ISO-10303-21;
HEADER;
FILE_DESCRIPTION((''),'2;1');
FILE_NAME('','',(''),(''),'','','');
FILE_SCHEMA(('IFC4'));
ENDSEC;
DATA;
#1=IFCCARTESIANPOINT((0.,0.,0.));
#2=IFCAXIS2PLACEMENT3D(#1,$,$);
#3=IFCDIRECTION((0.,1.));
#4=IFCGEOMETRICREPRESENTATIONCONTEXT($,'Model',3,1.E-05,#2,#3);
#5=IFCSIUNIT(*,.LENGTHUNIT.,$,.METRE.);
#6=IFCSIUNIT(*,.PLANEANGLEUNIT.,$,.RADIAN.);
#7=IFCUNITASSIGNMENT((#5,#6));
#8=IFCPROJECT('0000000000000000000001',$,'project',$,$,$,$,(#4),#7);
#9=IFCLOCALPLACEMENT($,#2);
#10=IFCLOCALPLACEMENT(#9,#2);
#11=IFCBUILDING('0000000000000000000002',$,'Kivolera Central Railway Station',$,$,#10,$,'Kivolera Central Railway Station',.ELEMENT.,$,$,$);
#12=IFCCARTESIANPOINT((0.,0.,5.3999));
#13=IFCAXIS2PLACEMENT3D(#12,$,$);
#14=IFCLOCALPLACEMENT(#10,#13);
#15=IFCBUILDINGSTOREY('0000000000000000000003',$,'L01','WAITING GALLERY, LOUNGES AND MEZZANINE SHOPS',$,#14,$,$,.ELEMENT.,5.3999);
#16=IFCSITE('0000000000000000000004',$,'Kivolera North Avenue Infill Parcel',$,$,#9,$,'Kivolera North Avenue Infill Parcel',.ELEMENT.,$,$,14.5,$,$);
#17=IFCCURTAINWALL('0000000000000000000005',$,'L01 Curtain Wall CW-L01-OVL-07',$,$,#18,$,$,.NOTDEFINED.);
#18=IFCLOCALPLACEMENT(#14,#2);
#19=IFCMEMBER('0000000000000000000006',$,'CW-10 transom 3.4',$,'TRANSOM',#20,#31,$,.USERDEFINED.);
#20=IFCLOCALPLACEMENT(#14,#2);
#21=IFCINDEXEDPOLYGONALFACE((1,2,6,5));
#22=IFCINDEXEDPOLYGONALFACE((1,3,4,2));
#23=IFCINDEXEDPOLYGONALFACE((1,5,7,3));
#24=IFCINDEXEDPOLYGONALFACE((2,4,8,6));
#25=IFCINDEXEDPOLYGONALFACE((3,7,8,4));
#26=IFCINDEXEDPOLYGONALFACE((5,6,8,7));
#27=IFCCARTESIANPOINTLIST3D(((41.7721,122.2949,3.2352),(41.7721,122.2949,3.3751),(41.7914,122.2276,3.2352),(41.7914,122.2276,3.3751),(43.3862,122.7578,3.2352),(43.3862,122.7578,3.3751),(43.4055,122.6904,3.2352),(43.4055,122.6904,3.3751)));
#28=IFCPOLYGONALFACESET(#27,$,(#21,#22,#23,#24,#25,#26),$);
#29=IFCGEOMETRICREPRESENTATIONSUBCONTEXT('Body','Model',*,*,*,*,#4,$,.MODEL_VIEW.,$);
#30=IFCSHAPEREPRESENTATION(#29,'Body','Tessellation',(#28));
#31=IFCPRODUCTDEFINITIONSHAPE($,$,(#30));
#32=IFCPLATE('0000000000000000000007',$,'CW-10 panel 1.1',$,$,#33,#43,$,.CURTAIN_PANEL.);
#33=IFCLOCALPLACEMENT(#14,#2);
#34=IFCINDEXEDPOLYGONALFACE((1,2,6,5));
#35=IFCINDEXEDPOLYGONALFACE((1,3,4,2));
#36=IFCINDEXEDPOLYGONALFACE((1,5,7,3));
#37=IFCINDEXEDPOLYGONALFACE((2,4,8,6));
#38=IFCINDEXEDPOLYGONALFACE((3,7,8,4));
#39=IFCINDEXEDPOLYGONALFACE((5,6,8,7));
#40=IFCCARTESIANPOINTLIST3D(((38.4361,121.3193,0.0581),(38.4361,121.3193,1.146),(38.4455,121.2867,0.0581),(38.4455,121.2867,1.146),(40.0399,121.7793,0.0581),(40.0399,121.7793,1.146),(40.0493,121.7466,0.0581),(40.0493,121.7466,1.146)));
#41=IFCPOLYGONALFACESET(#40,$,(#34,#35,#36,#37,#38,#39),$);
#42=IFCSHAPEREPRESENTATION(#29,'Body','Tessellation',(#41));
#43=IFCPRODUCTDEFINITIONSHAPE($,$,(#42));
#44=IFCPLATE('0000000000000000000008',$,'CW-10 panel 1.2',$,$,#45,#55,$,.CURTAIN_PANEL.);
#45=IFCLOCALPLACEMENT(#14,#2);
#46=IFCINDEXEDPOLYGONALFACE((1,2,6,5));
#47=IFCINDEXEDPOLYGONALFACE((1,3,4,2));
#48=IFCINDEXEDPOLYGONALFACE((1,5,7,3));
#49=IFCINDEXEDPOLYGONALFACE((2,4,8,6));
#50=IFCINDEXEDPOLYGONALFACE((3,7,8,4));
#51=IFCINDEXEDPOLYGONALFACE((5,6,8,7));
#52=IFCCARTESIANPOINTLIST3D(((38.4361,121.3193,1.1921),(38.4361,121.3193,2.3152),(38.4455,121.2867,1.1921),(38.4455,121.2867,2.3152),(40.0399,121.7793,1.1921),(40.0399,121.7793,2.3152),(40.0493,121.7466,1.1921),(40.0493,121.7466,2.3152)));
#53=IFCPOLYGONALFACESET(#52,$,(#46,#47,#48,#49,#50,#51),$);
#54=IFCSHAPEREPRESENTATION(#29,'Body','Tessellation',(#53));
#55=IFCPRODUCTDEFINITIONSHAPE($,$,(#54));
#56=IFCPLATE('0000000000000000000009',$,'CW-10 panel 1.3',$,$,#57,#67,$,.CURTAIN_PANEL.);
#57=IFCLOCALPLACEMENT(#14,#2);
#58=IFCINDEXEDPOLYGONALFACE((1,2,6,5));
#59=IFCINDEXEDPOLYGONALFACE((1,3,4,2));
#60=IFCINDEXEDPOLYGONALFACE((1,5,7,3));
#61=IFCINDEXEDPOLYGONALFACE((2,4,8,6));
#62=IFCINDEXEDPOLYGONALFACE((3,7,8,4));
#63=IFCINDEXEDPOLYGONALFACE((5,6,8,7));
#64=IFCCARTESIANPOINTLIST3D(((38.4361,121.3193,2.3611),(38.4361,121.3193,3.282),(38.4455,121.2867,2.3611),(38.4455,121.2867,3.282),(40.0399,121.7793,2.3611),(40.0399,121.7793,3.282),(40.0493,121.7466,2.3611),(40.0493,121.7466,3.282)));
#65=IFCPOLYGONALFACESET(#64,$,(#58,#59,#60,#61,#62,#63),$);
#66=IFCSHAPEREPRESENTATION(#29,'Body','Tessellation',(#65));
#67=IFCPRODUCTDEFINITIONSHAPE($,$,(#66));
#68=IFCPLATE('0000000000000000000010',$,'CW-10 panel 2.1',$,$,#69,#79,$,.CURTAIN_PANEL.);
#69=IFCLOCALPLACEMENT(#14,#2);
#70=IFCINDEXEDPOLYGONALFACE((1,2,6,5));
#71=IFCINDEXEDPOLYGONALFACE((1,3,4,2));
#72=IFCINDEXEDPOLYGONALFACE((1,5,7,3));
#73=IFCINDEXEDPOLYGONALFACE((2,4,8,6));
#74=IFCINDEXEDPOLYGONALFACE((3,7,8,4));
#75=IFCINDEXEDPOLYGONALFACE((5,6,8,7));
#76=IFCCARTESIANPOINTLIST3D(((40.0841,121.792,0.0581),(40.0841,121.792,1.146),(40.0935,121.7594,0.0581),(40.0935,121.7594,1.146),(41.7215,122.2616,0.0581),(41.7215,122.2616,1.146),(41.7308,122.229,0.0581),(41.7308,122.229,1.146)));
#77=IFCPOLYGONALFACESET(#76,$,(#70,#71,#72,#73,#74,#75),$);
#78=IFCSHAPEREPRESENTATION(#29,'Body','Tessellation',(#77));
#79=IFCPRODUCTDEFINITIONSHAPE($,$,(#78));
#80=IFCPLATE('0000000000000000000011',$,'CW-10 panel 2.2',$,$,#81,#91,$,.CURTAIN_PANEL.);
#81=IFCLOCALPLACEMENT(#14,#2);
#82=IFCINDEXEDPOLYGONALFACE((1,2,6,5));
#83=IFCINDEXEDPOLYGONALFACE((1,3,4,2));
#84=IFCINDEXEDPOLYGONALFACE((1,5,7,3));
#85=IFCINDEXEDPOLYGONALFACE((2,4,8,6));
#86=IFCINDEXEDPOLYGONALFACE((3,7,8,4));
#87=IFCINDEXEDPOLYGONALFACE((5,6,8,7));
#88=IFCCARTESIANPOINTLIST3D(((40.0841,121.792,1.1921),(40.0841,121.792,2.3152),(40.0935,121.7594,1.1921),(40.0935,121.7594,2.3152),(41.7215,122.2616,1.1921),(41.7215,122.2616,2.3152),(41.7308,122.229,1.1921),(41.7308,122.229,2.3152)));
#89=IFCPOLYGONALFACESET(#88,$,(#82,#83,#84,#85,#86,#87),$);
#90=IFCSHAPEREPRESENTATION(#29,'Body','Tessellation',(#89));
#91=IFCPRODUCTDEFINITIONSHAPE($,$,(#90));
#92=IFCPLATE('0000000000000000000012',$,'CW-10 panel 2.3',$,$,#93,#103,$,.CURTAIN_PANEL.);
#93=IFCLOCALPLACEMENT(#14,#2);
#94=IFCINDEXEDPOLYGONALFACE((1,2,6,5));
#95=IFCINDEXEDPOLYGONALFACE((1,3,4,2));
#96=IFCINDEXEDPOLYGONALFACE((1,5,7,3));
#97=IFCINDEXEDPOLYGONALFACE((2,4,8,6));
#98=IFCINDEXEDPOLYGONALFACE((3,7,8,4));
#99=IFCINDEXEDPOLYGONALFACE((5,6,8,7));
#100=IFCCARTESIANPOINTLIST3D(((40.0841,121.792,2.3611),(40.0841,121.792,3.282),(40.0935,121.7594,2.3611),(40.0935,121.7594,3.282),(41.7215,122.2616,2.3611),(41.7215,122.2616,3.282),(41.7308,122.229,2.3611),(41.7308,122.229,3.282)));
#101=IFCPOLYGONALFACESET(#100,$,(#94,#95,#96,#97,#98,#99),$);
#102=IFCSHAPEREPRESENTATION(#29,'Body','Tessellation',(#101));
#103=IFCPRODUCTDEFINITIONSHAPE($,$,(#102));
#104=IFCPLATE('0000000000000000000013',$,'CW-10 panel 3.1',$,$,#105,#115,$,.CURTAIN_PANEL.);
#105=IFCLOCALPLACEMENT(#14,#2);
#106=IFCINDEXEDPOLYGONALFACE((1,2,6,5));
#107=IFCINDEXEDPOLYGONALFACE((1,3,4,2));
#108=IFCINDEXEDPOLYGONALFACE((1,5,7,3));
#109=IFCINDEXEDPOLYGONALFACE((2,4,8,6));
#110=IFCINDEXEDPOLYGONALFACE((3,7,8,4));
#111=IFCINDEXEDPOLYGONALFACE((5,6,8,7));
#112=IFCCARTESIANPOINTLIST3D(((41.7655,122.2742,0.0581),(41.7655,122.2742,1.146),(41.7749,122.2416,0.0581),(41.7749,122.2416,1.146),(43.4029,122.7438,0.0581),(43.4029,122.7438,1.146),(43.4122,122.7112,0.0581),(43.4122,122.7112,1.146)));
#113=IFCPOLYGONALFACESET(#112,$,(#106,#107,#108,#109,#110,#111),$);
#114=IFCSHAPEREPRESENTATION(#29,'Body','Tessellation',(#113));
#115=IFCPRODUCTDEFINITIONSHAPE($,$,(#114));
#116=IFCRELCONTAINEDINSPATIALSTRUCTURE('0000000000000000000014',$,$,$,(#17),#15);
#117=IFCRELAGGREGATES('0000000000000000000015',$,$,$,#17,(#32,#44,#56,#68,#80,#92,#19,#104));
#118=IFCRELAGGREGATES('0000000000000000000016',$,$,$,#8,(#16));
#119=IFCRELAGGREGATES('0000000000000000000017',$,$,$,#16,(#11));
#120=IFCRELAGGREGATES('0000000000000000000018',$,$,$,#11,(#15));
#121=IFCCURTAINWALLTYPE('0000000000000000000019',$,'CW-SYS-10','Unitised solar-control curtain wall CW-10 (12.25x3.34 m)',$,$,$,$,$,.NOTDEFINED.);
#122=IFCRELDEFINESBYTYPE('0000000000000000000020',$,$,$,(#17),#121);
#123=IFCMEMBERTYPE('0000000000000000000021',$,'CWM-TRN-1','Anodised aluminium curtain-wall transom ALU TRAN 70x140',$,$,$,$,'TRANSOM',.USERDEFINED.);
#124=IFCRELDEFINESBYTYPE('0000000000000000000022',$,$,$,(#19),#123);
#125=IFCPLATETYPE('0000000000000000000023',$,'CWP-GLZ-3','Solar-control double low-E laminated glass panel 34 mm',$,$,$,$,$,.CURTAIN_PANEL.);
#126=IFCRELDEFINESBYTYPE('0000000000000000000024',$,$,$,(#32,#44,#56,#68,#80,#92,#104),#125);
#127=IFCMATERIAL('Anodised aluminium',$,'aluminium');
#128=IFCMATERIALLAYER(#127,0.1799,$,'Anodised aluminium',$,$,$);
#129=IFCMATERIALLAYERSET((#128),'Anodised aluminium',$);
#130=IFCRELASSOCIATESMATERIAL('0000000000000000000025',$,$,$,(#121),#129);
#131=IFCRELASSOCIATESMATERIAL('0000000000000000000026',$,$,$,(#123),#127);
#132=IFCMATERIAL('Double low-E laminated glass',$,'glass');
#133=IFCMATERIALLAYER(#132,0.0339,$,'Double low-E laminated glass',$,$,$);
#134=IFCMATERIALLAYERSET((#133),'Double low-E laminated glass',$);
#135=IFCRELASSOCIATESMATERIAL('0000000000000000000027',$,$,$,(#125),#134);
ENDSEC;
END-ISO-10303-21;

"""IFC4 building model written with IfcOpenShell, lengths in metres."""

from ifc_helpers import new_model, si_unit, direction, frame, origin, origin_2d, place, context, subcontext, project, spatial, rectangle, extrude, material, layer, layer_set, material_profile, profile_set, type_object, element, aggregate, save


model = new_model("IFC4")

# Units and contexts
model_context = context("Model", 3, precision=1e-05, world=origin(), true_north=direction((0.0, 1.0)))
body_context = subcontext(model_context, "Body", "Model", "MODEL_VIEW")
ifc_project = project(units=[si_unit("LENGTHUNIT", "METRE"), si_unit("PLANEANGLEUNIT", "RADIAN")], contexts=[model_context])

# Site, building, storey
site_placement = place(None, origin())
site = spatial("IfcSite", under=ifc_project, at=site_placement, Name="Kivolera North Avenue Infill Parcel", LongName="Kivolera North Avenue Infill Parcel", CompositionType="ELEMENT", RefElevation=14.5)
building_placement = place(site_placement, origin())
building = spatial("IfcBuilding", under=site, at=building_placement, Name="Kivolera Central Railway Station", LongName="Kivolera Central Railway Station", CompositionType="ELEMENT")
storey_placement = place(building_placement, frame((0.0, 0.0, 5.3999)))
storey = spatial("IfcBuildingStorey", under=building, at=storey_placement, Name="L01", Description="WAITING GALLERY, LOUNGES AND MEZZANINE SHOPS", CompositionType="ELEMENT", Elevation=5.3999)

# Curtain wall, member, plates
ifc_material_1 = material(Name="Anodised aluminium", Category="aluminium")
ifc_layer_1 = layer(ifc_material_1, 0.1799, Name="Anodised aluminium")
ifc_layer_set_1 = layer_set([ifc_layer_1], Name="Anodised aluminium")
curtain_wall_type = type_object("IfcCurtainWallType", Name="CW-SYS-10", Description="Unitised solar-control curtain wall CW-10 (12.25x3.34 m)", PredefinedType="NOTDEFINED", material=ifc_layer_set_1)
curtain_wall_placement = place(storey_placement, origin())
curtain_wall = element("IfcCurtainWall", 1, at=curtain_wall_placement, inside=storey, type_object=curtain_wall_type, Name="L01 Curtain Wall CW-L01-OVL-07", PredefinedType="NOTDEFINED")
ifc_material_profile_1 = material_profile(ifc_material_1, rectangle(XDim=0.0701, YDim=0.1399, at=origin_2d()), Name="ALU TRAN 70x140")
ifc_profile_set_1 = profile_set([ifc_material_profile_1], Name="Anodised aluminium")
member_type_1 = type_object("IfcMemberType", Name="CWM-TRN-1", Description="Anodised aluminium curtain-wall transom ALU TRAN 70x140", ElementType="TRANSOM", PredefinedType="USERDEFINED", material=ifc_profile_set_1)
member_1_placement = place(storey_placement, frame((41.7817, 122.2612, 3.3052), z_axis=(0.96126, 0.275643, 0.0), x_axis=(-0.275643, 0.96126, 0.0)))
member_1 = element("IfcMember", 2, at=member_1_placement, type_object=member_type_1, Name="CW-10 transom 3.4", ObjectType="TRANSOM", PredefinedType="USERDEFINED", context=body_context, shape_type="SweptSolid", body=[
    extrude(rectangle(XDim=0.0701, YDim=0.1399, at=origin_2d()), origin(), (0.0, 0.0, 1.0), 1.6792),
])
ifc_material_2 = material(Name="Double low-E laminated glass", Category="glass")
ifc_layer_2 = layer(ifc_material_2, 0.0339, Name="Double low-E laminated glass")
ifc_layer_set_2 = layer_set([ifc_layer_2], Name="Double low-E laminated glass")
plate_type = type_object("IfcPlateType", Name="CWP-GLZ-3", Description="Solar-control double low-E laminated glass panel 34 mm", PredefinedType="CURTAIN_PANEL", material=ifc_layer_set_2)
plate_1_placement = place(storey_placement, frame((39.2427, 121.533, 0.0581), z_axis=(0.0, 0.0, 1.0), x_axis=(0.961246, 0.275692, 0.0)))
plate_1 = element("IfcPlate", 3, at=plate_1_placement, type_object=plate_type, Name="CW-10 panel 1.1", PredefinedType="CURTAIN_PANEL", context=body_context, shape_type="SweptSolid", body=[
    extrude(rectangle(XDim=1.6685, YDim=0.0339, at=origin_2d()), origin(), (0.0, 0.0, 1.0), 1.0879),
])
plate_2_placement = place(storey_placement, frame((39.2427, 121.533, 1.1921), z_axis=(0.0, 0.0, 1.0), x_axis=(0.961246, 0.275692, 0.0)))
plate_2 = element("IfcPlate", 4, at=plate_2_placement, type_object=plate_type, Name="CW-10 panel 1.2", PredefinedType="CURTAIN_PANEL", context=body_context, shape_type="SweptSolid", body=[
    extrude(rectangle(XDim=1.6685, YDim=0.0339, at=origin_2d()), origin(), (0.0, 0.0, 1.0), 1.123),
])
plate_3_placement = place(storey_placement, frame((39.2427, 121.533, 2.3611), z_axis=(0.0, 0.0, 1.0), x_axis=(0.961246, 0.275692, 0.0)))
plate_3 = element("IfcPlate", 5, at=plate_3_placement, type_object=plate_type, Name="CW-10 panel 1.3", PredefinedType="CURTAIN_PANEL", context=body_context, shape_type="SweptSolid", body=[
    extrude(rectangle(XDim=1.6685, YDim=0.0339, at=origin_2d()), origin(), (0.0, 0.0, 1.0), 0.9209),
])
plate_4_placement = place(storey_placement, frame((40.9075, 122.0105, 0.0581), z_axis=(0.0, 0.0, 1.0), x_axis=(0.961246, 0.275692, 0.0)))
plate_4 = element("IfcPlate", 6, at=plate_4_placement, type_object=plate_type, Name="CW-10 panel 2.1", PredefinedType="CURTAIN_PANEL", context=body_context, shape_type="SweptSolid", body=[
    extrude(rectangle(XDim=1.7034, YDim=0.0339, at=origin_2d()), origin(), (0.0, 0.0, 1.0), 1.0879),
])
plate_5_placement = place(storey_placement, frame((40.9075, 122.0105, 1.1921), z_axis=(0.0, 0.0, 1.0), x_axis=(0.961246, 0.275692, 0.0)))
plate_5 = element("IfcPlate", 7, at=plate_5_placement, type_object=plate_type, Name="CW-10 panel 2.2", PredefinedType="CURTAIN_PANEL", context=body_context, shape_type="SweptSolid", body=[
    extrude(rectangle(XDim=1.7034, YDim=0.0339, at=origin_2d()), origin(), (0.0, 0.0, 1.0), 1.123),
])
plate_6_placement = place(storey_placement, frame((40.9075, 122.0105, 2.3611), z_axis=(0.0, 0.0, 1.0), x_axis=(0.961246, 0.275692, 0.0)))
plate_6 = element("IfcPlate", 8, at=plate_6_placement, type_object=plate_type, Name="CW-10 panel 2.3", PredefinedType="CURTAIN_PANEL", context=body_context, shape_type="SweptSolid", body=[
    extrude(rectangle(XDim=1.7034, YDim=0.0339, at=origin_2d()), origin(), (0.0, 0.0, 1.0), 0.9209),
])
plate_7_placement = place(storey_placement, frame((42.5889, 122.4927, 0.0581), z_axis=(0.0, 0.0, 1.0), x_axis=(0.961246, 0.275692, 0.0)))
plate_7 = element("IfcPlate", 9, at=plate_7_placement, type_object=plate_type, Name="CW-10 panel 3.1", PredefinedType="CURTAIN_PANEL", context=body_context, shape_type="SweptSolid", body=[
    extrude(rectangle(XDim=1.7034, YDim=0.0339, at=origin_2d()), origin(), (0.0, 0.0, 1.0), 1.0879),
])
aggregate(curtain_wall, [plate_1, plate_2, plate_3, plate_4, plate_5, plate_6, member_1, plate_7])

save(model, "model.ifc")
